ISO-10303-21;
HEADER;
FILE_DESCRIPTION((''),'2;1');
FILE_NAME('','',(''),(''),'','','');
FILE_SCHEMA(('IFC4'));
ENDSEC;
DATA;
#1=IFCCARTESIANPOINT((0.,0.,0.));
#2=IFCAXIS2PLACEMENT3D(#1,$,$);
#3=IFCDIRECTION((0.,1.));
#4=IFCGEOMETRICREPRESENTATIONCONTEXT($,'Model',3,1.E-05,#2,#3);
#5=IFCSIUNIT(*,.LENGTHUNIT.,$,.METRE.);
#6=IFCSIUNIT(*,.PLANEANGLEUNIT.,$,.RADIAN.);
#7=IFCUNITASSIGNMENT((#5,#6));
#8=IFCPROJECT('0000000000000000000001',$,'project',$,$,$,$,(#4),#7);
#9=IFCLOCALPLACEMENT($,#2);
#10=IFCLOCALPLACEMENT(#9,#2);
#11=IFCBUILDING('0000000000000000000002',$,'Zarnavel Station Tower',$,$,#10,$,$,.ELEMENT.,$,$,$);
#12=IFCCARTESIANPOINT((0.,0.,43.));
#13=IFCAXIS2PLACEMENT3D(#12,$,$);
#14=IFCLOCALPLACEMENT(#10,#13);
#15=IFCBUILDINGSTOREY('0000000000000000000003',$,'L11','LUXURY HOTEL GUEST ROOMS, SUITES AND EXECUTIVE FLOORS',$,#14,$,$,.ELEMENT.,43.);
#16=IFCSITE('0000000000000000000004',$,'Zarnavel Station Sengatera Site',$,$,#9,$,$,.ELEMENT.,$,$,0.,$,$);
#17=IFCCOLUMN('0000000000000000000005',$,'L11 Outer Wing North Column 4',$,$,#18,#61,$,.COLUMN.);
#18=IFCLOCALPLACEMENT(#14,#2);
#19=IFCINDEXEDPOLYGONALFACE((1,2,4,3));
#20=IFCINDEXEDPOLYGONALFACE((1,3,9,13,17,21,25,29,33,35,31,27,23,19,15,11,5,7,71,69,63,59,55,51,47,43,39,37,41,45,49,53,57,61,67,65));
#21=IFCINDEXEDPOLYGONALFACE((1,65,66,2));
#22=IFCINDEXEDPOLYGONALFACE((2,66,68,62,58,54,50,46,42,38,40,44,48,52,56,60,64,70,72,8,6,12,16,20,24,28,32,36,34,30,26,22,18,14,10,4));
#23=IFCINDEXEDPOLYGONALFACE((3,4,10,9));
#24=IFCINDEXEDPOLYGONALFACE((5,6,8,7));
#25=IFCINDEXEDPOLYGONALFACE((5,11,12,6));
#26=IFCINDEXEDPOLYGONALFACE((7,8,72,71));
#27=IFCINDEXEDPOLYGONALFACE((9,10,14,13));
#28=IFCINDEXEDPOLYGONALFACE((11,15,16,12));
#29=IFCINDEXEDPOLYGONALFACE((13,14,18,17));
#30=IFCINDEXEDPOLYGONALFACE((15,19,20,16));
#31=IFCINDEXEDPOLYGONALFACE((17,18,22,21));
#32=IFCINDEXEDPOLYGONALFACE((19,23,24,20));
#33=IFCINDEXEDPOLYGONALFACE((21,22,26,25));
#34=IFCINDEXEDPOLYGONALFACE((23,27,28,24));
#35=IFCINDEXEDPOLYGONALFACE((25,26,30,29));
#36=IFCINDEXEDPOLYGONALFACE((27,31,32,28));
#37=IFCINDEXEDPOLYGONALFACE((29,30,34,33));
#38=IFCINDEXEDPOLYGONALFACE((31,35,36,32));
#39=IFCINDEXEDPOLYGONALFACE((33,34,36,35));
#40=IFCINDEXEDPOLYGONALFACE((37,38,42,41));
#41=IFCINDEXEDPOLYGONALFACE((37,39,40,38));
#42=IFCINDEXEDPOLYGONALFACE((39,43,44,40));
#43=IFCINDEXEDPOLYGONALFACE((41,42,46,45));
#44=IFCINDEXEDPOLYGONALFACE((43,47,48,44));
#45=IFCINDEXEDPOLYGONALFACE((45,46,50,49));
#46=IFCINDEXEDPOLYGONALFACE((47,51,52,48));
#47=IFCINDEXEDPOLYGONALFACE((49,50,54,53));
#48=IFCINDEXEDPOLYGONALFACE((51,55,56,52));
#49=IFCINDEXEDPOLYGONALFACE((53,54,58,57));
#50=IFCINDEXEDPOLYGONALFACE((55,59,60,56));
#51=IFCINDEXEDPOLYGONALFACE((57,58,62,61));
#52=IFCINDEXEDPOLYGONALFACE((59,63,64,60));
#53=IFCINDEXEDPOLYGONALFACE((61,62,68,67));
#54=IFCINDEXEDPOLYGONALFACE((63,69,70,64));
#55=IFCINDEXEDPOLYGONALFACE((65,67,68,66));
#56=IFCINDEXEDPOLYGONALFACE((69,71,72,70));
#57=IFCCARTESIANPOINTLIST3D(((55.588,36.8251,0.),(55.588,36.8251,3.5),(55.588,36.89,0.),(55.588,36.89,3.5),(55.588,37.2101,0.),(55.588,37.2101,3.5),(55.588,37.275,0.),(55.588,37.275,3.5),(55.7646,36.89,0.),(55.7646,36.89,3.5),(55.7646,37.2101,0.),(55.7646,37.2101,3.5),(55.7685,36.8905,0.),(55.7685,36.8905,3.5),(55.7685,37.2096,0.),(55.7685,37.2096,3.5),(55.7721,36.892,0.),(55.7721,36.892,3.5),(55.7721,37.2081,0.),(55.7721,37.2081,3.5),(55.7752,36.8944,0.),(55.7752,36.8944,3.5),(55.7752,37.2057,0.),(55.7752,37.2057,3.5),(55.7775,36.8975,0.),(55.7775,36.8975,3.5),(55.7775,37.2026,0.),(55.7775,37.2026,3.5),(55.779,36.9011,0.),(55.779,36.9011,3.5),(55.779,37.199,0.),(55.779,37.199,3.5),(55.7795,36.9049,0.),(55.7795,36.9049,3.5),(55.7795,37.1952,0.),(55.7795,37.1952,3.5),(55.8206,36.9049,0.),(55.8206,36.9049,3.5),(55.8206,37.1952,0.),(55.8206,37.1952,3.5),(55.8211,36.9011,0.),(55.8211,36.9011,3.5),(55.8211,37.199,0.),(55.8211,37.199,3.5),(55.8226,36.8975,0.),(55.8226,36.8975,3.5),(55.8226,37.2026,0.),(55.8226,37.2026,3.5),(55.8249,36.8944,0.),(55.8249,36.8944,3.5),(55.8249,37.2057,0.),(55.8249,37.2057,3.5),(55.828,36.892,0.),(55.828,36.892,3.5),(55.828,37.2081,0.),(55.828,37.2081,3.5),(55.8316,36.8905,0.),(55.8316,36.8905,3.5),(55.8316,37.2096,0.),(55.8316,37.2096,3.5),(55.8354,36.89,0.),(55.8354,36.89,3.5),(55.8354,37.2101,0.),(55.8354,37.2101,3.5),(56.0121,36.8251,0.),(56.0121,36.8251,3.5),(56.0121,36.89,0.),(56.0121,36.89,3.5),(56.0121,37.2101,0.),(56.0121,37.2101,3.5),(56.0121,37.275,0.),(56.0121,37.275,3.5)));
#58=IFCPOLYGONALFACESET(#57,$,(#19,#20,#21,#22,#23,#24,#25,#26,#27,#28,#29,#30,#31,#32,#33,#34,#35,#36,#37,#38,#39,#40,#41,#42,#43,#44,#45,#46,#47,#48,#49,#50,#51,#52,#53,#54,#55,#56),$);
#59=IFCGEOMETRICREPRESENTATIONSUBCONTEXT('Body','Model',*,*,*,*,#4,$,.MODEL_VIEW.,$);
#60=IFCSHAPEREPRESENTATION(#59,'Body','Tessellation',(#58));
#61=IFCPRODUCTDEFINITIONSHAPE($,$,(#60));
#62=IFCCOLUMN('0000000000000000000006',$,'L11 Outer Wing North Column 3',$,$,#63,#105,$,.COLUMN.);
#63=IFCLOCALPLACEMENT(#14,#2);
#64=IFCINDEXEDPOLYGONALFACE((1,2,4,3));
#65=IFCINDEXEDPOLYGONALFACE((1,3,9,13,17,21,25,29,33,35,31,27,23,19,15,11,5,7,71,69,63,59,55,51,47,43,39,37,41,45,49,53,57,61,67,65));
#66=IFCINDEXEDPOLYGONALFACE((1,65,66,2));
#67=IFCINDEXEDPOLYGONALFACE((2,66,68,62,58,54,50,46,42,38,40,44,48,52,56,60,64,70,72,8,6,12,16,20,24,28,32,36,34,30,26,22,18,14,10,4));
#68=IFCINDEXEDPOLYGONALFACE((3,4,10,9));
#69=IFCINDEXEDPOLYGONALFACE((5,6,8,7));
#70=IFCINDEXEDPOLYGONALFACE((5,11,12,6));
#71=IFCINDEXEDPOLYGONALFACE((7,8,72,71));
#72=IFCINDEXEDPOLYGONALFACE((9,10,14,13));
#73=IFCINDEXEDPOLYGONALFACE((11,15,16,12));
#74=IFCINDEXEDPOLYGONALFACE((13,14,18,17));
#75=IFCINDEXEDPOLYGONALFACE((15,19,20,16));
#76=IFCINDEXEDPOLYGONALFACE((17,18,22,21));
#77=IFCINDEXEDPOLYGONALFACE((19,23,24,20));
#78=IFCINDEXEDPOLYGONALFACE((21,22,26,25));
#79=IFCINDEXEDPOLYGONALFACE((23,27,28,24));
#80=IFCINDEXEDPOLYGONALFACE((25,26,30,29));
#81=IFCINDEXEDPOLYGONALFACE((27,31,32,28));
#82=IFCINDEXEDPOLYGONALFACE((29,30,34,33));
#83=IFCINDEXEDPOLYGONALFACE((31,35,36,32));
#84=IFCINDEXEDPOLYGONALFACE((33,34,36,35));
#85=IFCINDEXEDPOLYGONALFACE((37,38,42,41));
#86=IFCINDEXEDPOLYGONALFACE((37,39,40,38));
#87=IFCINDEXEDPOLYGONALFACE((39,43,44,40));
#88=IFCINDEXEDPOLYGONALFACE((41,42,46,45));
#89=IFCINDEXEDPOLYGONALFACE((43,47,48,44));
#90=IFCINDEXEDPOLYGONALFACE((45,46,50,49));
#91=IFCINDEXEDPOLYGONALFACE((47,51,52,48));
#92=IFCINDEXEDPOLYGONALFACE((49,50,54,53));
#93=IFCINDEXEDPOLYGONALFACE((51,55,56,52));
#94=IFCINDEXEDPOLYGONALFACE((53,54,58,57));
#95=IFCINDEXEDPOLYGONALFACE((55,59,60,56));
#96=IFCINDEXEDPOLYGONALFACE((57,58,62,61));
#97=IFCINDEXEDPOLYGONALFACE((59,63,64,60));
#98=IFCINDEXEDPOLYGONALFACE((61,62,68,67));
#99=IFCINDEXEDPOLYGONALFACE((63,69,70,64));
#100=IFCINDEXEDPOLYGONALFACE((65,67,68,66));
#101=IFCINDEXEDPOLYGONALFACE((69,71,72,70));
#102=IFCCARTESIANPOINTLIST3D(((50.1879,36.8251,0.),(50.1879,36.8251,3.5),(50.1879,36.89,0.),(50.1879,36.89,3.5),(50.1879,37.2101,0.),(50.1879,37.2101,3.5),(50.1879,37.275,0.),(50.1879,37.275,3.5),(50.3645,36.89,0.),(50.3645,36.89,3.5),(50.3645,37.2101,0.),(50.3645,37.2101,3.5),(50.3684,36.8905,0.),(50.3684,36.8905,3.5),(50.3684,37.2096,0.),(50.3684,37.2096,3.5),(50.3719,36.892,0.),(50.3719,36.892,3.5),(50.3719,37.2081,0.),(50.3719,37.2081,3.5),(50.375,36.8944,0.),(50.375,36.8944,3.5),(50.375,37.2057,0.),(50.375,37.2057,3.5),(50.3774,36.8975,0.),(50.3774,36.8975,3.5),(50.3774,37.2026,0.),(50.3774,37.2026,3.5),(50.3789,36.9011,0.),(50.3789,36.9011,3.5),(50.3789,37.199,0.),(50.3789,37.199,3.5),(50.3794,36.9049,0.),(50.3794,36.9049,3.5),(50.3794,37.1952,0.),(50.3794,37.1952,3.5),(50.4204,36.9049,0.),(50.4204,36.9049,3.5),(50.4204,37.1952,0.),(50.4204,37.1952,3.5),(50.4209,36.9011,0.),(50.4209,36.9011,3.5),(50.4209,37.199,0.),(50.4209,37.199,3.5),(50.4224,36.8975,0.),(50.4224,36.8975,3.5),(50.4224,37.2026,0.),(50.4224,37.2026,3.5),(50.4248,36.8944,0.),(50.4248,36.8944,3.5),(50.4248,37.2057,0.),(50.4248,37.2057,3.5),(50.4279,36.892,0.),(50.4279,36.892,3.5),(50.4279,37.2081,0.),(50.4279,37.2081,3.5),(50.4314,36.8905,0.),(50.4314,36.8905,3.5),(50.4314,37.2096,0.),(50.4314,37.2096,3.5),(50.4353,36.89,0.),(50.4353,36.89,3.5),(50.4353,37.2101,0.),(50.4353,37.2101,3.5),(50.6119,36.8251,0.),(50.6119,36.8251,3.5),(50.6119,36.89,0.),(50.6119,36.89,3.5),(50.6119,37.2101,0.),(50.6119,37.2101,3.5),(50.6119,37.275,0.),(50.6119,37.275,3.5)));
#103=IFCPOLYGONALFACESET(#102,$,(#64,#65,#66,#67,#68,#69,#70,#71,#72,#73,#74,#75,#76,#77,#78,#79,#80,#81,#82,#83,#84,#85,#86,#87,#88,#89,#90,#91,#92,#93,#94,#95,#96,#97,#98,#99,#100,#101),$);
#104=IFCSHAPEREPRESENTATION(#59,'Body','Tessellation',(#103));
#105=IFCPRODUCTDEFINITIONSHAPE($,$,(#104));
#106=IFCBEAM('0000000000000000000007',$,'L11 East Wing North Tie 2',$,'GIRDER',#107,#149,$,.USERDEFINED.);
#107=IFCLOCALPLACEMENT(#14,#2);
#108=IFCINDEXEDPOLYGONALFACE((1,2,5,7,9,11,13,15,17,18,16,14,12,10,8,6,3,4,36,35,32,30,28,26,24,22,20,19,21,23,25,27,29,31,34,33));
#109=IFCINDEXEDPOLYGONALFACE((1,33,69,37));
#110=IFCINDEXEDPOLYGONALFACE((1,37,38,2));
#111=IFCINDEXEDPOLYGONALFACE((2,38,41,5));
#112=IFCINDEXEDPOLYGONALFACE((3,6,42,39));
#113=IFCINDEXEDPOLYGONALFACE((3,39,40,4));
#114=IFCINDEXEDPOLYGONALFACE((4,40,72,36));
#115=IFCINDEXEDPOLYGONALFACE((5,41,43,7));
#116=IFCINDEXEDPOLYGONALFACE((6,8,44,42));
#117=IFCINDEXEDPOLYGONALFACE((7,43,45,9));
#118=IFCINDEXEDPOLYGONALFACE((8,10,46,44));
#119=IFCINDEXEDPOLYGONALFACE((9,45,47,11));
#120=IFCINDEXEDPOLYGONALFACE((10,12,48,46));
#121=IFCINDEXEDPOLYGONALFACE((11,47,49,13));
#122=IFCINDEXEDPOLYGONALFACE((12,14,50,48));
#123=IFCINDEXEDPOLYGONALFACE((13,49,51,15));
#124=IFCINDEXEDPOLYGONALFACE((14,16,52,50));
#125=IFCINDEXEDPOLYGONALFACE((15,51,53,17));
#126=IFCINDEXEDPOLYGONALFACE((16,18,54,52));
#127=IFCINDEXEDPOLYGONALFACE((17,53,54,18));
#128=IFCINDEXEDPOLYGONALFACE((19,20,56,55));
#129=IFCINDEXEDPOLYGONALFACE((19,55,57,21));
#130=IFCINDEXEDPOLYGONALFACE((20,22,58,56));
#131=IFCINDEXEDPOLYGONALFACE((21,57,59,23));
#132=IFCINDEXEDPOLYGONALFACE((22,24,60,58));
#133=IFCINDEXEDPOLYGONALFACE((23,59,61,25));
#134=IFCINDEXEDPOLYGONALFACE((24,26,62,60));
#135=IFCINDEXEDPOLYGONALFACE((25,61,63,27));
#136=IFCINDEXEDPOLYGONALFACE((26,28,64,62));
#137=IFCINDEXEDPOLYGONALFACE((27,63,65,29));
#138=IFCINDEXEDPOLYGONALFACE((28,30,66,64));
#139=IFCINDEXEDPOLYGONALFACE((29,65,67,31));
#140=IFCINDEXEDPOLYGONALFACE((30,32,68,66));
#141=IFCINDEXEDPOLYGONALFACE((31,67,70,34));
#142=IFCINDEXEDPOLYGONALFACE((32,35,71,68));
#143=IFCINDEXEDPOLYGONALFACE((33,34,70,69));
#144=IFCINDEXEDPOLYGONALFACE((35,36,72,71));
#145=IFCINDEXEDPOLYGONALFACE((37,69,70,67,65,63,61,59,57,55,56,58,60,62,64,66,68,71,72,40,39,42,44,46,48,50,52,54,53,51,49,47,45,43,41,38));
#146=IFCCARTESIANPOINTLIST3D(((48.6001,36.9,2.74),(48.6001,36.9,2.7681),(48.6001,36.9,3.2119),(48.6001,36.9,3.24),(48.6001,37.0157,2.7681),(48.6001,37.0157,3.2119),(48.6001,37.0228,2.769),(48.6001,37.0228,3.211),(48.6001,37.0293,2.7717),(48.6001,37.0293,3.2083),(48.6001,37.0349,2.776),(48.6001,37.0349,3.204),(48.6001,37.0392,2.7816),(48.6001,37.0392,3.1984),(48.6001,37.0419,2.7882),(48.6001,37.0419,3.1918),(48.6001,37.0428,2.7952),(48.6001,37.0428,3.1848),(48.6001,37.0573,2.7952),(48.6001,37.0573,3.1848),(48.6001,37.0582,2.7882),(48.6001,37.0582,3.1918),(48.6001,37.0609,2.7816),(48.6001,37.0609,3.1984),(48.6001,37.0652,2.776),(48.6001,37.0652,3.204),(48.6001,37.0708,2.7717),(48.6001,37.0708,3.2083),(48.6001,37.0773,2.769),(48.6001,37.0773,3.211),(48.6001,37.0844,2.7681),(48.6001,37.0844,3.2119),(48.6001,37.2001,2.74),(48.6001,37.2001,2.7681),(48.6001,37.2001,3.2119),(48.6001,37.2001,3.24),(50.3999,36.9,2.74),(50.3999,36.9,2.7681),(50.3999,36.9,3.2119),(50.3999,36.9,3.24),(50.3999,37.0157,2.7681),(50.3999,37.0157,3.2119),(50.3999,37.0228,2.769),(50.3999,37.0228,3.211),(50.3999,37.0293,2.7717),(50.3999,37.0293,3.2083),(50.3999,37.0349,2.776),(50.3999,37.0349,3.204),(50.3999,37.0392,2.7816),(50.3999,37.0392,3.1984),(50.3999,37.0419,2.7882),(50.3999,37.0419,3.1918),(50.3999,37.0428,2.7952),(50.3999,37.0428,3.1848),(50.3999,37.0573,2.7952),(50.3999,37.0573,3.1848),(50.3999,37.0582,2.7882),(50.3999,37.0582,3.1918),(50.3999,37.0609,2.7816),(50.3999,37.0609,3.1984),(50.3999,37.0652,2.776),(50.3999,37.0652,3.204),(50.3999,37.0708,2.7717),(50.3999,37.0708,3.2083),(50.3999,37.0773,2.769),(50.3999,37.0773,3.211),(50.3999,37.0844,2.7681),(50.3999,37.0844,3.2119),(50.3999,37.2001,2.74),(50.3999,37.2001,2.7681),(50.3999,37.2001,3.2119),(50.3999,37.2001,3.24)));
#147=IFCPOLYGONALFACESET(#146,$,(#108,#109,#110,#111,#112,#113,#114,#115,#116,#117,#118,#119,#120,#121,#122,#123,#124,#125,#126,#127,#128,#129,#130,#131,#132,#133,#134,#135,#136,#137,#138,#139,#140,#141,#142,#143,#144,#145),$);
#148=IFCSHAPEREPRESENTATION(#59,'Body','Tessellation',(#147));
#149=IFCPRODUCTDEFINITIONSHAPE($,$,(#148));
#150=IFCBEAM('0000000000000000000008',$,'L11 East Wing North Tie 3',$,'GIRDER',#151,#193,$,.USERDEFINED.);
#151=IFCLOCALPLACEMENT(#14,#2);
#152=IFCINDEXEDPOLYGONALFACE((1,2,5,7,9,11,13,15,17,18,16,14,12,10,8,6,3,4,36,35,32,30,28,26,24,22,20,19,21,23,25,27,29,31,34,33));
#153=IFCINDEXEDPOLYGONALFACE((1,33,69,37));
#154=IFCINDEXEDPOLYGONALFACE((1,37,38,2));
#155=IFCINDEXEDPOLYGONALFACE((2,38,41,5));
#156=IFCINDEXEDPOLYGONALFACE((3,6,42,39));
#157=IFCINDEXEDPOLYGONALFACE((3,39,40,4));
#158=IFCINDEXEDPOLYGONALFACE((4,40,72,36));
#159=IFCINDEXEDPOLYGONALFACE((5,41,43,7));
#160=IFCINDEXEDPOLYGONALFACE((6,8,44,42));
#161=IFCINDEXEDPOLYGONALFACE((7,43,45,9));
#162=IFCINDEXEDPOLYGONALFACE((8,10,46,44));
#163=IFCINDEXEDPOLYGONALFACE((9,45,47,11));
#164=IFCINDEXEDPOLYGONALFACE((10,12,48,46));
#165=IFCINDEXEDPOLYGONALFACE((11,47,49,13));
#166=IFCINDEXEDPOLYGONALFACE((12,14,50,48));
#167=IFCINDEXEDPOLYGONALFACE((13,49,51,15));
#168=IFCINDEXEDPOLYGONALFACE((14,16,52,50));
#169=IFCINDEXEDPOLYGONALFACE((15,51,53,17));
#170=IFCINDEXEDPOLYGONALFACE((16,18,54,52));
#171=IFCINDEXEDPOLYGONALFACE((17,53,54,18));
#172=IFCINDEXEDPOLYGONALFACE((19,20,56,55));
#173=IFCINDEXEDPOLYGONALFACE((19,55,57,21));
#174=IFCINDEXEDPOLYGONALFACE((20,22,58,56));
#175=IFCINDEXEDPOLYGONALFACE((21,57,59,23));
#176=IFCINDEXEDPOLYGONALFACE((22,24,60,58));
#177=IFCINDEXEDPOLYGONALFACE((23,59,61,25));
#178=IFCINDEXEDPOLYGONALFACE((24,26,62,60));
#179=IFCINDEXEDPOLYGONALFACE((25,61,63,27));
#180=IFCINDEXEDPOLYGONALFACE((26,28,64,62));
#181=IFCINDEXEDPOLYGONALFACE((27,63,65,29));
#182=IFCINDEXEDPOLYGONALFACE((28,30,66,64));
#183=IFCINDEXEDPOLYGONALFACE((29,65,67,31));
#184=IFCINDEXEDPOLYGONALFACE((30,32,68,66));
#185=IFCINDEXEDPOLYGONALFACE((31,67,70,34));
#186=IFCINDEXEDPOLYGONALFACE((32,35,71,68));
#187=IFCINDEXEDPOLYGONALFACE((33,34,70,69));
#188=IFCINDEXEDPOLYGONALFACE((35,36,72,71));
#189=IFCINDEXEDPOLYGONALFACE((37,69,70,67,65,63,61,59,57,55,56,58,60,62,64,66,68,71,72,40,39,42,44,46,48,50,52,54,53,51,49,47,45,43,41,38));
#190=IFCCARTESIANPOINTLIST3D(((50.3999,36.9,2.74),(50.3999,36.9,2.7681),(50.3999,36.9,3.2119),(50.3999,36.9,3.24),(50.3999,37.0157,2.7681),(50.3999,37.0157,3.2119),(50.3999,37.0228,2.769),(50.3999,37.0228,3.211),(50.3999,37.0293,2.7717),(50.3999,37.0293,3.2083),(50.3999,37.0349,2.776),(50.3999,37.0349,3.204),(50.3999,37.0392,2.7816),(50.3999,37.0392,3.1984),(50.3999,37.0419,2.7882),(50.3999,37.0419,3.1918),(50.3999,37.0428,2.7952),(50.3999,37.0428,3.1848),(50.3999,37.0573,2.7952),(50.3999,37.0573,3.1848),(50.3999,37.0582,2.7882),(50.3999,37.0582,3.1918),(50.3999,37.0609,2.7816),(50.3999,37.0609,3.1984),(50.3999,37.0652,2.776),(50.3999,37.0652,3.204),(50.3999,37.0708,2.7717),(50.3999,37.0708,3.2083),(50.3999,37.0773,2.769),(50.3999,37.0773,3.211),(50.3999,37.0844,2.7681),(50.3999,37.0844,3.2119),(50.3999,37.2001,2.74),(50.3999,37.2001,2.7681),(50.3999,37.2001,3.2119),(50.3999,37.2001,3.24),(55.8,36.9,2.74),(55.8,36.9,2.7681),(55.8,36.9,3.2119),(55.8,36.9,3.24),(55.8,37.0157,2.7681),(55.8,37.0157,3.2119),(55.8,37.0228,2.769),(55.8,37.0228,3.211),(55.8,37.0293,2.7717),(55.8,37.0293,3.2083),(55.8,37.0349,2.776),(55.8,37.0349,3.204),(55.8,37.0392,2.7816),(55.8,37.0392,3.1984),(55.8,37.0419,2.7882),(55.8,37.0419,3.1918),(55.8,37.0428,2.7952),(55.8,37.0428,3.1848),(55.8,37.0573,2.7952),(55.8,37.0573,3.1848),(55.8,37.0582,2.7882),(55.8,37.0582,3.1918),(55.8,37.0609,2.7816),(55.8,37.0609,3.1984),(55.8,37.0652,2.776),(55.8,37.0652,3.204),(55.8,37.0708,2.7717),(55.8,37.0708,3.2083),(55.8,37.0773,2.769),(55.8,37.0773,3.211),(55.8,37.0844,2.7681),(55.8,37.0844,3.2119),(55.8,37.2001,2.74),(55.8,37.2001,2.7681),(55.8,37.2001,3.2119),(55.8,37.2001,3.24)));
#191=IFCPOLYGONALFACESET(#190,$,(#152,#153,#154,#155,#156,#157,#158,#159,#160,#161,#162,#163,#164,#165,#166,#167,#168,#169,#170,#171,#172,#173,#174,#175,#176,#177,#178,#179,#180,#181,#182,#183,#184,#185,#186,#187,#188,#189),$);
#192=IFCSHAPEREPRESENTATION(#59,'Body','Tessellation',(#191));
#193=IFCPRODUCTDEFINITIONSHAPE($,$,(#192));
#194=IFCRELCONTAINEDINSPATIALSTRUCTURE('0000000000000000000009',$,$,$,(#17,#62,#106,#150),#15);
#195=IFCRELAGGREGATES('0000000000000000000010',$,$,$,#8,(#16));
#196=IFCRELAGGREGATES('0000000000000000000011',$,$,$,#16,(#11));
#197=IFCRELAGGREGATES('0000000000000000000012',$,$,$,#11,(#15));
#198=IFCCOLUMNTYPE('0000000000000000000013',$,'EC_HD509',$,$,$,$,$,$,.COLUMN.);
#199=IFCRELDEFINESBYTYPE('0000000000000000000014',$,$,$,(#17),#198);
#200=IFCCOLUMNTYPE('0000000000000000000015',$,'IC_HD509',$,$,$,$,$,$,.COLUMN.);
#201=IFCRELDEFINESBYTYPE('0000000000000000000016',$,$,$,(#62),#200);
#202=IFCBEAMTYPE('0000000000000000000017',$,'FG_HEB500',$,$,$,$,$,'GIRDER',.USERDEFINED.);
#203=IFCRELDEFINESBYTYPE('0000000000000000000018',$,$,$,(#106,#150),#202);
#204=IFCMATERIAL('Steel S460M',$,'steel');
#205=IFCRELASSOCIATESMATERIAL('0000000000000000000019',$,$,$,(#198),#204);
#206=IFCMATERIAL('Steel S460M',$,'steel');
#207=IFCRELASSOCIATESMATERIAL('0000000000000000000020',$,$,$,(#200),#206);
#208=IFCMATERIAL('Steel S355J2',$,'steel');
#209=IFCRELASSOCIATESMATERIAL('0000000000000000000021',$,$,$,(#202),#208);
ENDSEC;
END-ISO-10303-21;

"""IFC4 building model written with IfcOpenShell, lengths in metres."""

from ifc_helpers import new_model, si_unit, direction, frame, origin, origin_2d, place, context, subcontext, project, spatial, i_section, extrude, material, material_profile, profile_set, type_object, element, save


model = new_model("IFC4")

# Units and contexts
model_context = context("Model", 3, precision=1e-05, world=origin(), true_north=direction((0.0, 1.0)))
body_context = subcontext(model_context, "Body", "Model", "MODEL_VIEW")
ifc_project = project(units=[si_unit("LENGTHUNIT", "METRE"), si_unit("PLANEANGLEUNIT", "RADIAN")], contexts=[model_context])

# Site, building, storey
site_placement = place(None, origin())
site = spatial("IfcSite", under=ifc_project, at=site_placement, Name="Zarnavel Station Sengatera Site", CompositionType="ELEMENT", RefElevation=0.0)
building_placement = place(site_placement, origin())
building = spatial("IfcBuilding", under=site, at=building_placement, Name="Zarnavel Station Tower", CompositionType="ELEMENT")
storey_placement = place(building_placement, frame((0.0, 0.0, 43.0)))
storey = spatial("IfcBuildingStorey", under=building, at=storey_placement, Name="L11", Description="LUXURY HOTEL GUEST ROOMS, SUITES AND EXECUTIVE FLOORS", CompositionType="ELEMENT", Elevation=43.0)

# Columns
ifc_material_1 = material(Name="Steel S460M", Category="steel")
ifc_material_profile_1 = material_profile(ifc_material_1, i_section(OverallWidth=0.4241, OverallDepth=0.45, WebThickness=0.041, FlangeThickness=0.0649, FilletRadius=0.0149, at=origin_2d()), Name="HD400x509")
ifc_profile_set_1 = profile_set([ifc_material_profile_1], Name="Steel S460M")
column_type_1 = type_object("IfcColumnType", Name="EC_HD509", PredefinedType="COLUMN", material=ifc_profile_set_1)
column_1_placement = place(storey_placement, frame((55.8, 37.05, 0.0), z_axis=(0.0, 0.0, 1.0), x_axis=(1.0, 0.0, 0.0)))
element("IfcColumn", 1, at=column_1_placement, inside=storey, type_object=column_type_1, Name="L11 Outer Wing North Column 4", PredefinedType="COLUMN", context=body_context, shape_type="SweptSolid", body=[
    extrude(i_section(OverallWidth=0.4241, OverallDepth=0.45, WebThickness=0.041, FlangeThickness=0.0649, FilletRadius=0.0149, at=origin_2d()), origin(), (0.0, 0.0, 1.0), 3.5),
])
ifc_material_2 = material(Name="Steel S460M", Category="steel")
ifc_material_profile_2 = material_profile(ifc_material_2, i_section(OverallWidth=0.4241, OverallDepth=0.45, WebThickness=0.041, FlangeThickness=0.0649, FilletRadius=0.0149, at=origin_2d()), Name="HD400x509")
ifc_profile_set_2 = profile_set([ifc_material_profile_2], Name="Steel S460M")
column_type_2 = type_object("IfcColumnType", Name="IC_HD509", PredefinedType="COLUMN", material=ifc_profile_set_2)
column_2_placement = place(storey_placement, frame((50.3999, 37.05, 0.0), z_axis=(0.0, 0.0, 1.0), x_axis=(1.0, 0.0, 0.0)))
element("IfcColumn", 2, at=column_2_placement, inside=storey, type_object=column_type_2, Name="L11 Outer Wing North Column 3", PredefinedType="COLUMN", context=body_context, shape_type="SweptSolid", body=[
    extrude(i_section(OverallWidth=0.4241, OverallDepth=0.45, WebThickness=0.041, FlangeThickness=0.0649, FilletRadius=0.0149, at=origin_2d()), origin(), (0.0, 0.0, 1.0), 3.5),
])

# Beams
ifc_material_3 = material(Name="Steel S355J2", Category="steel")
ifc_material_profile_3 = material_profile(ifc_material_3, i_section(OverallWidth=0.3, OverallDepth=0.5, WebThickness=0.0144, FlangeThickness=0.0281, FilletRadius=0.0271, at=origin_2d()), Name="HEB500")
ifc_profile_set_3 = profile_set([ifc_material_profile_3], Name="Steel S355J2")
beam_type = type_object("IfcBeamType", Name="FG_HEB500", ElementType="GIRDER", PredefinedType="USERDEFINED", material=ifc_profile_set_3)
beam_1_placement = place(storey_placement, frame((48.6001, 37.05, 2.99), z_axis=(1.0, 0.0, 0.0), x_axis=(0.0, 1.0, 0.0)))
element("IfcBeam", 3, at=beam_1_placement, inside=storey, type_object=beam_type, Name="L11 East Wing North Tie 2", ObjectType="GIRDER", PredefinedType="USERDEFINED", context=body_context, shape_type="SweptSolid", body=[
    extrude(i_section(OverallWidth=0.3, OverallDepth=0.5, WebThickness=0.0144, FlangeThickness=0.0281, FilletRadius=0.0271, at=origin_2d()), origin(), (0.0, 0.0, 1.0), 1.7998),
])
beam_2_placement = place(storey_placement, frame((50.3999, 37.05, 2.99), z_axis=(1.0, 0.0, 0.0), x_axis=(0.0, 1.0, 0.0)))
element("IfcBeam", 4, at=beam_2_placement, inside=storey, type_object=beam_type, Name="L11 East Wing North Tie 3", ObjectType="GIRDER", PredefinedType="USERDEFINED", context=body_context, shape_type="SweptSolid", body=[
    extrude(i_section(OverallWidth=0.3, OverallDepth=0.5, WebThickness=0.0144, FlangeThickness=0.0281, FilletRadius=0.0271, at=origin_2d()), origin(), (0.0, 0.0, 1.0), 5.4001),
])

save(model, "model.ifc")
